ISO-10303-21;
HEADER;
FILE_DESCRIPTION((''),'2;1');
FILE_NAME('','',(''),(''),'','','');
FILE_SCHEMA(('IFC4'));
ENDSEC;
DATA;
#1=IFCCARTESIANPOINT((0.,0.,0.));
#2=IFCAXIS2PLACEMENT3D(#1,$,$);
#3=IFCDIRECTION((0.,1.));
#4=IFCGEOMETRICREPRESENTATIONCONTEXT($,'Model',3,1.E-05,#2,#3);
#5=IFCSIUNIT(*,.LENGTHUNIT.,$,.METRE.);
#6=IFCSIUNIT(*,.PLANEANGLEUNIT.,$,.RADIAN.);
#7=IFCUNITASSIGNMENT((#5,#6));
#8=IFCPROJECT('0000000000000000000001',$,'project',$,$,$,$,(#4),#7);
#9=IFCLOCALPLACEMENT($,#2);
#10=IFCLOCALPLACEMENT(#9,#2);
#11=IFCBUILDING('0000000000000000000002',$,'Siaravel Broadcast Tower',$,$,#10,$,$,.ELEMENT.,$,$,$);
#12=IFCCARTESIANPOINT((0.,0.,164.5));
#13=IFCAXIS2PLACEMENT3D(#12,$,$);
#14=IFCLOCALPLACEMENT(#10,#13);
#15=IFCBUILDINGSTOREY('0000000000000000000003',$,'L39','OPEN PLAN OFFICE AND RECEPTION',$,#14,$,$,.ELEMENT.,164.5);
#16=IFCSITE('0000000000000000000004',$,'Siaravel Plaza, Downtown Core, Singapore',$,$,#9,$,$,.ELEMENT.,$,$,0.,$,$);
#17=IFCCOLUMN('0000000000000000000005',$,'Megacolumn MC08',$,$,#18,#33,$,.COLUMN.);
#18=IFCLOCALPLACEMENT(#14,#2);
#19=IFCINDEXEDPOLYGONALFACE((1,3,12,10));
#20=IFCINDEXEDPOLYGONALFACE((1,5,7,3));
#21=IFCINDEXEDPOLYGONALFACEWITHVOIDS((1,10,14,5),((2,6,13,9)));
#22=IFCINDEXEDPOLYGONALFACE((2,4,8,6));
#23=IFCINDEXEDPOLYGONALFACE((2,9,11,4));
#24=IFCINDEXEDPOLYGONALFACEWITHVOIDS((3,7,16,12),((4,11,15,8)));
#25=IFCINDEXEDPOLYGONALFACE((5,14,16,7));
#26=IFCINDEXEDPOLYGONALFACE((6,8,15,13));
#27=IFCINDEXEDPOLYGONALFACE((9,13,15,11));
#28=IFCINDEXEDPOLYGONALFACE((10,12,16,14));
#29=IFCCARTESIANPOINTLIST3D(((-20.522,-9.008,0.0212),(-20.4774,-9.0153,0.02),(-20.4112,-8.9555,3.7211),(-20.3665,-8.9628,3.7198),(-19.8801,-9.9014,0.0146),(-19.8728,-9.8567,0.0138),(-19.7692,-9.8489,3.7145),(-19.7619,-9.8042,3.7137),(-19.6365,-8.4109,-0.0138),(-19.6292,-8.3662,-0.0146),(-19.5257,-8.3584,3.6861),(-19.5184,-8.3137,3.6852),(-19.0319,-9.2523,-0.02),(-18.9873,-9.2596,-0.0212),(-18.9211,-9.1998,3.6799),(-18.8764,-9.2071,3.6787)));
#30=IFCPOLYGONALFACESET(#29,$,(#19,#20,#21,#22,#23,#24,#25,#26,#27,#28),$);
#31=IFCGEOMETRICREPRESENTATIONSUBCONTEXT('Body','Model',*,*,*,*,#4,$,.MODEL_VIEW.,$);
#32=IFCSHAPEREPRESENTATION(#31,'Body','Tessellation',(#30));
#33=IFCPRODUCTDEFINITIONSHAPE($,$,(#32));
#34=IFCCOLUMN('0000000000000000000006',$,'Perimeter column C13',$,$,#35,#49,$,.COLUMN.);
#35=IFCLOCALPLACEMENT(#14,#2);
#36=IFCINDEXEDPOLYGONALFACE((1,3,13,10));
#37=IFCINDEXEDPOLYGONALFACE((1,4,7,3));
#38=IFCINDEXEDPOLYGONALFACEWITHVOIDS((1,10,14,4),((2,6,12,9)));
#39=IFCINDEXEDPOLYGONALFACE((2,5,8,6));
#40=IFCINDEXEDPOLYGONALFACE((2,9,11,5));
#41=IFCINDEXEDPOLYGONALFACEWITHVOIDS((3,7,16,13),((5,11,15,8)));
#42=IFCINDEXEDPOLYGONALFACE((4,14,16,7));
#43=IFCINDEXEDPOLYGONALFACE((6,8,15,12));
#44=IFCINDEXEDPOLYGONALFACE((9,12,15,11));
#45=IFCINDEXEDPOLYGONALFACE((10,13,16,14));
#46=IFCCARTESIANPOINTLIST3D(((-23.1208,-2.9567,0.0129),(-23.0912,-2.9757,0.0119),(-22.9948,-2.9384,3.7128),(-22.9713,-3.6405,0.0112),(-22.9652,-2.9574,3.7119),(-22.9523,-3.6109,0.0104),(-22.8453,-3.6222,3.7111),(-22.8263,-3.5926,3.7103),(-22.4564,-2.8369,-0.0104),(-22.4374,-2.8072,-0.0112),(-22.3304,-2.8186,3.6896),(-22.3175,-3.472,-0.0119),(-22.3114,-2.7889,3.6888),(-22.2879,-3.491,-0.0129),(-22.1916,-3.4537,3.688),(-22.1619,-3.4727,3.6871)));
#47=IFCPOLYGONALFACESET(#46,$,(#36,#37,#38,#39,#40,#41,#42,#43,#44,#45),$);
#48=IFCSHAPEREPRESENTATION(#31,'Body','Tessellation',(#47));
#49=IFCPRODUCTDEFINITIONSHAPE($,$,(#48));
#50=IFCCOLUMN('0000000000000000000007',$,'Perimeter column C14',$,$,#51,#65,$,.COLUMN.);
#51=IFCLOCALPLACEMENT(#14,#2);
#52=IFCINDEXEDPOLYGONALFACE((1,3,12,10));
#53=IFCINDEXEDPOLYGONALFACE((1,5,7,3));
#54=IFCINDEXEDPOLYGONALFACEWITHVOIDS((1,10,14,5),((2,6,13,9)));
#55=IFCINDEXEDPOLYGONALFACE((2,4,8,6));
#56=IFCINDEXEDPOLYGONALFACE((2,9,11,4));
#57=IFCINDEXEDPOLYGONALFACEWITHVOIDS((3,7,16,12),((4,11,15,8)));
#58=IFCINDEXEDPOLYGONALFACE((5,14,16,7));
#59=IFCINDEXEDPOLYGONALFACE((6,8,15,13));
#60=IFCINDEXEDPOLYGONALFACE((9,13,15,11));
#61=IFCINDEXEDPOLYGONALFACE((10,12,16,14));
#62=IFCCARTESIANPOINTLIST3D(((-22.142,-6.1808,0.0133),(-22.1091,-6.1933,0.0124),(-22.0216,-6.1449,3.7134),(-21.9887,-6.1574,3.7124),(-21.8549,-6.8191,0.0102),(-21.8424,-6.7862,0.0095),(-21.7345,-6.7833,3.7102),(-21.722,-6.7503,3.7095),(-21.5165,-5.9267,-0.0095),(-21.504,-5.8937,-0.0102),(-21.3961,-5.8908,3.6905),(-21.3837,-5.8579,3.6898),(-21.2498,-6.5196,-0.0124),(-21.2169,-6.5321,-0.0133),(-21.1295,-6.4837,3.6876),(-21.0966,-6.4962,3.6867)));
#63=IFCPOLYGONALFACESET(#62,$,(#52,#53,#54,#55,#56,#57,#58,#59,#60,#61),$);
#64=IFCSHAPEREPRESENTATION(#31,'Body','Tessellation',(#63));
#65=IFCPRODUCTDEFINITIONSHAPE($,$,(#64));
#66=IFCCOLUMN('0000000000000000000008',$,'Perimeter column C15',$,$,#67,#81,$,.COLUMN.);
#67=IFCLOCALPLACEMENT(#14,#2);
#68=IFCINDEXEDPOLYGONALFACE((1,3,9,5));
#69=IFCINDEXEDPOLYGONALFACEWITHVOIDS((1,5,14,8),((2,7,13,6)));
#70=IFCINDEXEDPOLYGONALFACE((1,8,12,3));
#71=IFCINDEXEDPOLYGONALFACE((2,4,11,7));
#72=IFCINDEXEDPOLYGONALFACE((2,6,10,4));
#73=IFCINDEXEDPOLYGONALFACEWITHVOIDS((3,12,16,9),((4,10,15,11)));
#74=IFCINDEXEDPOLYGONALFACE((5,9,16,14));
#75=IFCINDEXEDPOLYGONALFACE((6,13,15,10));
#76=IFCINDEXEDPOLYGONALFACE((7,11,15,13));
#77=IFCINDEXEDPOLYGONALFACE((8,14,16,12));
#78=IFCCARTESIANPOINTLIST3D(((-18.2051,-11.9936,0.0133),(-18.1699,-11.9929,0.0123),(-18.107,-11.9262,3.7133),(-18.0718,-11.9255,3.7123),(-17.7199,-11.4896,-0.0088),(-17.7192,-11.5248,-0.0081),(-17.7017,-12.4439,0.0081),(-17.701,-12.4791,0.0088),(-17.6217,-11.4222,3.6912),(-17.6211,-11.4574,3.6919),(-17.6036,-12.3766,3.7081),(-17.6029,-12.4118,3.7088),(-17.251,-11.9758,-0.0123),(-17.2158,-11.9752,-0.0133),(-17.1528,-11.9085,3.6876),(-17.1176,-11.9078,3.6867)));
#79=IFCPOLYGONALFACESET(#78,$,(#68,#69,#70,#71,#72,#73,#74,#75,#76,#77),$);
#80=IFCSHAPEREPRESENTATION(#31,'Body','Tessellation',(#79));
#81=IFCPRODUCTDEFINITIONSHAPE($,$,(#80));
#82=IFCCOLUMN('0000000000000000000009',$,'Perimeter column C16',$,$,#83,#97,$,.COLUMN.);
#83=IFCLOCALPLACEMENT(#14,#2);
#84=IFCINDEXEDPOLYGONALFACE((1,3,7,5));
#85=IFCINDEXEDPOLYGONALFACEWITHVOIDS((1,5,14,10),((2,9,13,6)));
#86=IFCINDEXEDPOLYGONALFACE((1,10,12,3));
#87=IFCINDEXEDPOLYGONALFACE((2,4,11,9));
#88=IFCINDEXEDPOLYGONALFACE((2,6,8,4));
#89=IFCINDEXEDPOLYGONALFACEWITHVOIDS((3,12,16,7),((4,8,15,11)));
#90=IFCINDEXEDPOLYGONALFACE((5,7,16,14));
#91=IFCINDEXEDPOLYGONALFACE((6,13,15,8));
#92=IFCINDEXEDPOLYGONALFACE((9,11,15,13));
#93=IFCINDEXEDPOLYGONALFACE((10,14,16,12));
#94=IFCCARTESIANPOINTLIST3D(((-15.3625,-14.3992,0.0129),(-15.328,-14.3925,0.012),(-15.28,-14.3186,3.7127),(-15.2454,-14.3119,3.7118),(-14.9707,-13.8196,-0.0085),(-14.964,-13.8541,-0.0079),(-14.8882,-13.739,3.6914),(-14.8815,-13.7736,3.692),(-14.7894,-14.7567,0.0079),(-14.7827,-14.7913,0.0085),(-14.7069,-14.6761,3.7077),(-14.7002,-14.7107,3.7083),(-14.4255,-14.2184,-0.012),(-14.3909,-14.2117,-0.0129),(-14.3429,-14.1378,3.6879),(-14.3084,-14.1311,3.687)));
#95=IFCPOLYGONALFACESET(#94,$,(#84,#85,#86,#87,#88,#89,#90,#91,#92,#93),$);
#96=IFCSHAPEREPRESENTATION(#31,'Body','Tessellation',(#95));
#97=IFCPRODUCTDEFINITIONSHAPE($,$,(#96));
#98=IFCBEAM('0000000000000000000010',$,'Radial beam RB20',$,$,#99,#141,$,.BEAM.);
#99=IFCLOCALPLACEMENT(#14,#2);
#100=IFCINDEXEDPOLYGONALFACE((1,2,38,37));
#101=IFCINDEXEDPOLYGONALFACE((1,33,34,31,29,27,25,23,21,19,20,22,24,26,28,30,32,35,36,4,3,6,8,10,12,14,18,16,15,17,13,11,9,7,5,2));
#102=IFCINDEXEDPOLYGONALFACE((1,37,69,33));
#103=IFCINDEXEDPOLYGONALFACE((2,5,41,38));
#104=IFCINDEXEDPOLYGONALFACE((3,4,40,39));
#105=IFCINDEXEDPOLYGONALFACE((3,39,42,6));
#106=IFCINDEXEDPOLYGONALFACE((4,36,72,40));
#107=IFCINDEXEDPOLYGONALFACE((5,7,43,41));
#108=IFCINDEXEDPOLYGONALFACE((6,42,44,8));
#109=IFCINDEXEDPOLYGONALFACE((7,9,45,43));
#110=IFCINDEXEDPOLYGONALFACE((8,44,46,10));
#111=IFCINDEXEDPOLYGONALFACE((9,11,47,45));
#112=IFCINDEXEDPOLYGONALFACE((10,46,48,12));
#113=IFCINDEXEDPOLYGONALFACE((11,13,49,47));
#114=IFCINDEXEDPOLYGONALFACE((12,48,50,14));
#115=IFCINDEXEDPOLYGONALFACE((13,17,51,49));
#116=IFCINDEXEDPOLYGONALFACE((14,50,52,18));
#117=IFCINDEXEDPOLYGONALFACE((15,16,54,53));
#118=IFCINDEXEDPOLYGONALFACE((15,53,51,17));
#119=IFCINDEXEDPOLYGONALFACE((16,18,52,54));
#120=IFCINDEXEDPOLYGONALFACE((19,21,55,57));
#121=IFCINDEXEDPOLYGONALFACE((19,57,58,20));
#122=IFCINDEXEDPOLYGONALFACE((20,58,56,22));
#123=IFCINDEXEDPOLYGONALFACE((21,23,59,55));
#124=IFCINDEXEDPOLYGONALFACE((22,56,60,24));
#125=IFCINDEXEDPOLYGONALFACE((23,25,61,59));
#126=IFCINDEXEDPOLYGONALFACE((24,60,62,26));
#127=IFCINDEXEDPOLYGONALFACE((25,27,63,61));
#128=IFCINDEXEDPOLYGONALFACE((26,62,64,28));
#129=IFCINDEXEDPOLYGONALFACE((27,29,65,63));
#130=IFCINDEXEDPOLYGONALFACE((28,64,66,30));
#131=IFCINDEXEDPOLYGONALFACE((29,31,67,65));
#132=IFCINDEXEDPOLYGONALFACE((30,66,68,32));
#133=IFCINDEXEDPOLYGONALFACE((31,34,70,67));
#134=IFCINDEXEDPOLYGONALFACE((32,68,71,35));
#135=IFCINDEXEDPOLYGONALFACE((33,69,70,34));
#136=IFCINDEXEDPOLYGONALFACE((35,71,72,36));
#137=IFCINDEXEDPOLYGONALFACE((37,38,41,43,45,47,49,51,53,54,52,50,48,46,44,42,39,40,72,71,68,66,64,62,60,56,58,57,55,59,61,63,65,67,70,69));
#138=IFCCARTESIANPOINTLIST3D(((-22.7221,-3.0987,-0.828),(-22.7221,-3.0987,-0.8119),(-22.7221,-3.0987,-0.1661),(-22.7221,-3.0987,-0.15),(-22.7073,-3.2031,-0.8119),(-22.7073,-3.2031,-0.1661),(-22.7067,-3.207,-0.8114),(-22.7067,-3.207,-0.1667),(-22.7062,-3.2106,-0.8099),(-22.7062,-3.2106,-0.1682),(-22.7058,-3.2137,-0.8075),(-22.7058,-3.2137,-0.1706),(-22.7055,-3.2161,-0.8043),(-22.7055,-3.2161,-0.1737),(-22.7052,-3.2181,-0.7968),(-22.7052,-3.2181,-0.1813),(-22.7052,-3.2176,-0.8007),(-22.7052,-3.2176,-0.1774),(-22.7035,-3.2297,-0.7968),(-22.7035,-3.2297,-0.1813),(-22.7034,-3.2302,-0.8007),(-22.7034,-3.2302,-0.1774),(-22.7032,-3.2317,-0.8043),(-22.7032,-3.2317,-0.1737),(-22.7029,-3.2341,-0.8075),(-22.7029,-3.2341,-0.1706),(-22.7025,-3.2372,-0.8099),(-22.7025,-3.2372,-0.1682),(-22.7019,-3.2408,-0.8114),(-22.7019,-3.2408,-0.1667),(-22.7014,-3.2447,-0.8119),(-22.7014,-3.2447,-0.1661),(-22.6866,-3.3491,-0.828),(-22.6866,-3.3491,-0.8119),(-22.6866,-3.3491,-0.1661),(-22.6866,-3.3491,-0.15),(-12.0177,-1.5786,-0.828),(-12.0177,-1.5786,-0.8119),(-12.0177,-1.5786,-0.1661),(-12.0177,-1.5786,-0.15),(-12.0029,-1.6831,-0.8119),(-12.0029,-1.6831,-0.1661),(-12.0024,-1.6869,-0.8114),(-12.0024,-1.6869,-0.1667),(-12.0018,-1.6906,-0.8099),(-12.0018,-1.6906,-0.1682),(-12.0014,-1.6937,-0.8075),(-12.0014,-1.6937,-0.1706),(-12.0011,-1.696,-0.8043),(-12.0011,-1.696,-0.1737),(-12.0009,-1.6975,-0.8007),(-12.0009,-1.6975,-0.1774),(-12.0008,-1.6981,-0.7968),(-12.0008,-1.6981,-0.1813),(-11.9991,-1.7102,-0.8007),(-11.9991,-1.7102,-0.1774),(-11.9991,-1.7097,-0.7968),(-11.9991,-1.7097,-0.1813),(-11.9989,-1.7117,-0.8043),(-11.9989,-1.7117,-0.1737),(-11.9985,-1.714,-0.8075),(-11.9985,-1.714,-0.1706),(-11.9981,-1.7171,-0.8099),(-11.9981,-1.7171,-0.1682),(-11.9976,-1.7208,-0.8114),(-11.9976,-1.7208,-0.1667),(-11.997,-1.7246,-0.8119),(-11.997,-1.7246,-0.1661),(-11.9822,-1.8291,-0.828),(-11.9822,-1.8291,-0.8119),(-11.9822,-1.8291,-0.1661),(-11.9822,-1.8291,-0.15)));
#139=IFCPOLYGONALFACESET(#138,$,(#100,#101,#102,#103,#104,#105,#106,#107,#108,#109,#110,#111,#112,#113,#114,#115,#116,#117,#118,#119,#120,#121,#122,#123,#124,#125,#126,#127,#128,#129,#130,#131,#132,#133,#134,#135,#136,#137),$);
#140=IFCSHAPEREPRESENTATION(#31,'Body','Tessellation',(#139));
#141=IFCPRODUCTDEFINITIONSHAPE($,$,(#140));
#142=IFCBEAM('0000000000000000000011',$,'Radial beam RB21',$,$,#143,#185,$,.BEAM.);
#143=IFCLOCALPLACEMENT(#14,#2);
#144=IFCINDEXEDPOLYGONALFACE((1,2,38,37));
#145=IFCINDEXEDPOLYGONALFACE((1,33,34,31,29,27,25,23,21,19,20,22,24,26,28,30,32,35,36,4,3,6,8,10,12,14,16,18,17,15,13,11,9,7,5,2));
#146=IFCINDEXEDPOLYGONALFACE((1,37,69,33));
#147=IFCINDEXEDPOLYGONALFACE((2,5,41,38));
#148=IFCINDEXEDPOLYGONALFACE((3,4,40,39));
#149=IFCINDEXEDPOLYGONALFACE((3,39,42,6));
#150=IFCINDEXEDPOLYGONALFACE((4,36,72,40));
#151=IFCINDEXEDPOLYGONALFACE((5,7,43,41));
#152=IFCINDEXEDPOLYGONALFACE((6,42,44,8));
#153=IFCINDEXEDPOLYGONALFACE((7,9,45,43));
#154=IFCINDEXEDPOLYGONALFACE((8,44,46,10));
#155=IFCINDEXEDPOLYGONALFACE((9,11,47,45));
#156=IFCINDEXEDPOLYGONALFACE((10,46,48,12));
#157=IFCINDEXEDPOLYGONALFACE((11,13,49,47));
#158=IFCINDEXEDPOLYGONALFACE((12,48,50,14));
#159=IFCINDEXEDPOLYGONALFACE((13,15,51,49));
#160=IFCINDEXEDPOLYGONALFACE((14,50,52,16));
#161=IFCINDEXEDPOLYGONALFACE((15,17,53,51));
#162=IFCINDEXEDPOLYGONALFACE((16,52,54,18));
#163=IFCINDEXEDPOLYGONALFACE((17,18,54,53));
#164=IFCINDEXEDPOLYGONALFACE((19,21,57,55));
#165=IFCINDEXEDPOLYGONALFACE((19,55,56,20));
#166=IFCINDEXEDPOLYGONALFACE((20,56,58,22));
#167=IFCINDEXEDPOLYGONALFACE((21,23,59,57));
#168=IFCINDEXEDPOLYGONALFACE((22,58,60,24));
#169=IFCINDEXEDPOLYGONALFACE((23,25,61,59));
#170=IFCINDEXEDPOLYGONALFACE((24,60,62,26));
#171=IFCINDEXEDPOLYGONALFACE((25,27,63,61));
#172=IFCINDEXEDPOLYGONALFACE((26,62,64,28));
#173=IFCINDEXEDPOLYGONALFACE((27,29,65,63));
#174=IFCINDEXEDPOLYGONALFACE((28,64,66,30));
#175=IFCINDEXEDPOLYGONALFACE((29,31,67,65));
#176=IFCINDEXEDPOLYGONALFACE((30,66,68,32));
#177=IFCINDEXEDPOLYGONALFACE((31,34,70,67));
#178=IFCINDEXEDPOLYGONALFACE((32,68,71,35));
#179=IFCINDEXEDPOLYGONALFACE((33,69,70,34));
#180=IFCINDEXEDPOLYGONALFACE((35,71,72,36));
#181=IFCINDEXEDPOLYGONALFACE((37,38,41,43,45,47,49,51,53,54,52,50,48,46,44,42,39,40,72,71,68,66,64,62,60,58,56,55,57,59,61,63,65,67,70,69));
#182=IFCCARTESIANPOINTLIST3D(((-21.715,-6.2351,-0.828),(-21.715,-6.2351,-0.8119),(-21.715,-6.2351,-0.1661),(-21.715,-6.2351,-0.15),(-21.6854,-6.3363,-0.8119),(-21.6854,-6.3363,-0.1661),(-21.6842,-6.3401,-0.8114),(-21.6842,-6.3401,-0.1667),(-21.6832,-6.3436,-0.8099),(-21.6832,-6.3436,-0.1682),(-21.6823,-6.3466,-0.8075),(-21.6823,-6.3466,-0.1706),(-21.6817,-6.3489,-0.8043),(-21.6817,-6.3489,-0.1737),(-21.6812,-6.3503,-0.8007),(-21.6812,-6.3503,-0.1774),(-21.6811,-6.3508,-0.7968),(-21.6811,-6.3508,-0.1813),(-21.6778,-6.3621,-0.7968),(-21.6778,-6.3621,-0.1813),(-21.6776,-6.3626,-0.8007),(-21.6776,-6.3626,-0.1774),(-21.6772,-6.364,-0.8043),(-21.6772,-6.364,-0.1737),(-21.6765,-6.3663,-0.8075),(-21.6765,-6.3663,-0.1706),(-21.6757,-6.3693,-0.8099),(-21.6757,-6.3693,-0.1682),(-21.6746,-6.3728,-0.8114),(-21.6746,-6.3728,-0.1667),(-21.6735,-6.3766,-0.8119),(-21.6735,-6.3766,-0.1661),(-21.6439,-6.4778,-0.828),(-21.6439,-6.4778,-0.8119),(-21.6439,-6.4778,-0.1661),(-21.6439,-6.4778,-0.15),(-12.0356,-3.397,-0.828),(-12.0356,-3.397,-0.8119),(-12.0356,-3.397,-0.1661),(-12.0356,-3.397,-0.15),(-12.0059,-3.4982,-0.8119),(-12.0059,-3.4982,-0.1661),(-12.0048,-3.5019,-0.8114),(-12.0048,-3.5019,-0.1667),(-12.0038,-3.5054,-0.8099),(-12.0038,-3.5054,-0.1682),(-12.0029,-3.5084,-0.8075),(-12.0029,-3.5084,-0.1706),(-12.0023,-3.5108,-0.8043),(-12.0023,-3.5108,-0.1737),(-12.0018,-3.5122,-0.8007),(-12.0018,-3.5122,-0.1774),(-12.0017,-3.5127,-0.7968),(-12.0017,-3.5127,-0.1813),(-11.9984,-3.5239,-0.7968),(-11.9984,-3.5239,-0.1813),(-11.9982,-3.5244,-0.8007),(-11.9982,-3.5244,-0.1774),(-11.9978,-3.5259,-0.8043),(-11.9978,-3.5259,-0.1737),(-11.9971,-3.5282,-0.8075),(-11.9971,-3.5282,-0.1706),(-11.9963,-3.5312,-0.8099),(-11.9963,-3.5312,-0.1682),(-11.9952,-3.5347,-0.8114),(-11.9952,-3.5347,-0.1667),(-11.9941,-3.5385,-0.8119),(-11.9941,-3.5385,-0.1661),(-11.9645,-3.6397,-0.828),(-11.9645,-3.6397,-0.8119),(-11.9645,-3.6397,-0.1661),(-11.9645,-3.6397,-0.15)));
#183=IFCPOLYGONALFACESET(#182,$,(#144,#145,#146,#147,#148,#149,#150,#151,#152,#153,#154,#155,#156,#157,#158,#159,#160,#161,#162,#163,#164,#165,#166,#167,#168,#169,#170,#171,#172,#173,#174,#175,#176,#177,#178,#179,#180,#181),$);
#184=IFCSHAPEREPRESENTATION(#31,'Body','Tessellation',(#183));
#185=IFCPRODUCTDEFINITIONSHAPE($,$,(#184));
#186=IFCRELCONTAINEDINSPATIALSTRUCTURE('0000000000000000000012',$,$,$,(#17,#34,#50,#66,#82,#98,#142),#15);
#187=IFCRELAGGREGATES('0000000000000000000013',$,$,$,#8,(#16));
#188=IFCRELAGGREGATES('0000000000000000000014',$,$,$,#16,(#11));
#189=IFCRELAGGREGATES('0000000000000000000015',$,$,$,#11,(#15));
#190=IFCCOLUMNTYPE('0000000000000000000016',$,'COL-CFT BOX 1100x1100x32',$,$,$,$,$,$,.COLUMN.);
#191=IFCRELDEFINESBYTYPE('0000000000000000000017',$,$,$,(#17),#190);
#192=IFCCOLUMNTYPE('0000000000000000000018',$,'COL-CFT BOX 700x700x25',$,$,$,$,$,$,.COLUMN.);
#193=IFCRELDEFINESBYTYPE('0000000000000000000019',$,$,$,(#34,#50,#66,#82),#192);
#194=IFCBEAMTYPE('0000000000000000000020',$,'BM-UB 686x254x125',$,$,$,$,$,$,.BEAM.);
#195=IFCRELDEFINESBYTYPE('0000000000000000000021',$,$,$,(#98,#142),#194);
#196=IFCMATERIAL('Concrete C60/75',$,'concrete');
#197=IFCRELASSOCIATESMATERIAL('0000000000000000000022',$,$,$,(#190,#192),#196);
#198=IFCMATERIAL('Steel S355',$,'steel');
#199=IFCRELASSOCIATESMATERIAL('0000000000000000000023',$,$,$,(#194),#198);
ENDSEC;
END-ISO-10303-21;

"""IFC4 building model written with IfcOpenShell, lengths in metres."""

from ifc_helpers import new_model, si_unit, direction, frame, origin, origin_2d, place, context, subcontext, project, spatial, hollow_rectangle, i_section, extrude, material, material_profile, profile_set, type_object, element, save


model = new_model("IFC4")

# Units and contexts
model_context = context("Model", 3, precision=1e-05, world=origin(), true_north=direction((0.0, 1.0)))
body_context = subcontext(model_context, "Body", "Model", "MODEL_VIEW")
ifc_project = project(units=[si_unit("LENGTHUNIT", "METRE"), si_unit("PLANEANGLEUNIT", "RADIAN")], contexts=[model_context])

# Site, building, storey
site_placement = place(None, origin())
site = spatial("IfcSite", under=ifc_project, at=site_placement, Name="Siaravel Plaza, Downtown Core, Singapore", CompositionType="ELEMENT", RefElevation=0.0)
building_placement = place(site_placement, origin())
building = spatial("IfcBuilding", under=site, at=building_placement, Name="Siaravel Broadcast Tower", CompositionType="ELEMENT")
storey_placement = place(building_placement, frame((0.0, 0.0, 164.5)))
storey = spatial("IfcBuildingStorey", under=building, at=storey_placement, Name="L39", Description="OPEN PLAN OFFICE AND RECEPTION", CompositionType="ELEMENT", Elevation=164.5)

# Columns
ifc_material_1 = material(Name="Concrete C60/75", Category="concrete")
ifc_material_profile_1 = material_profile(ifc_material_1, hollow_rectangle(XDim=1.1001, YDim=1.1001, WallThickness=0.032, at=origin_2d()))
ifc_profile_set_1 = profile_set([ifc_material_profile_1], Name="Concrete C60/75")
column_type_1 = type_object("IfcColumnType", Name="COL-CFT BOX 1100x1100x32", PredefinedType="COLUMN", material=ifc_profile_set_1)
column_1_placement = place(storey_placement, frame((-19.7546, -9.1338, 0.0), z_axis=(0.029941, 0.014179, 0.999451), x_axis=(-0.583519, 0.812077, 0.00596)))
element("IfcColumn", 1, at=column_1_placement, inside=storey, type_object=column_type_1, Name="Megacolumn MC08", PredefinedType="COLUMN", context=body_context, shape_type="SweptSolid", body=[
    extrude(hollow_rectangle(XDim=1.1001, YDim=1.1001, WallThickness=0.032, at=origin_2d()), origin(), (0.0, 0.0, 1.0), 3.7019),
])
ifc_material_profile_2 = material_profile(ifc_material_1, hollow_rectangle(XDim=0.7, YDim=0.7, WallThickness=0.0249, at=origin_2d()))
ifc_profile_set_2 = profile_set([ifc_material_profile_2], Name="Concrete C60/75")
column_type_2 = type_object("IfcColumnType", Name="COL-CFT BOX 700x700x25", PredefinedType="COLUMN", material=ifc_profile_set_2)
for number, where, z_axis, x_axis, name in (
    (2, (-22.7043, -3.2239, 0.0), (0.034028, 0.004946, 0.999409), (-0.213619, 0.976914, 0.002439), "Perimeter column C13"),
    (3, (-21.6794, -6.3564, 0.0), (0.032512, 0.009694, 0.999424), (-0.410172, 0.911997, 0.004497), "Perimeter column C14"),
):
    element("IfcColumn", number, at=place(storey_placement, frame(where, z_axis=z_axis, x_axis=x_axis)), inside=storey, type_object=column_type_2, Name=name, PredefinedType="COLUMN", context=body_context, shape_type="SweptSolid", body=[
        extrude(hollow_rectangle(XDim=0.7, YDim=0.7, WallThickness=0.0249, at=origin_2d()), origin(), (0.0, 0.0, 1.0), 3.7021),
    ])
column_2_placement = place(storey_placement, frame((-17.7104, -11.9844, 0.0), z_axis=(0.026512, 0.018202, 0.999483), x_axis=(-0.72019, 0.693747, 0.006469)))
element("IfcColumn", 4, at=column_2_placement, inside=storey, type_object=column_type_2, Name="Perimeter column C15", PredefinedType="COLUMN", context=body_context, shape_type="SweptSolid", body=[
    extrude(hollow_rectangle(XDim=0.7, YDim=0.7, WallThickness=0.0249, at=origin_2d()), origin(), (0.0, 0.0, 1.0), 3.7019),
])
column_3_placement = place(storey_placement, frame((-14.8767, -14.3054, 0.0), z_axis=(0.022292, 0.021764, 0.999515), x_axis=(-0.828322, 0.560218, 0.006275)))
element("IfcColumn", 5, at=column_3_placement, inside=storey, type_object=column_type_2, Name="Perimeter column C16", PredefinedType="COLUMN", context=body_context, shape_type="SweptSolid", body=[
    extrude(hollow_rectangle(XDim=0.7, YDim=0.7, WallThickness=0.0249, at=origin_2d()), origin(), (0.0, 0.0, 1.0), 3.7017),
])

# Beams
ifc_material_2 = material(Name="Steel S355", Category="steel")
ifc_material_profile_3 = material_profile(ifc_material_2, i_section(OverallWidth=0.2529, OverallDepth=0.678, WebThickness=0.0117, FlangeThickness=0.0161, FilletRadius=0.0151, at=origin_2d()))
ifc_profile_set_3 = profile_set([ifc_material_profile_3], Name="Steel S355")
beam_type = type_object("IfcBeamType", Name="BM-UB 686x254x125", PredefinedType="BEAM", material=ifc_profile_set_3)
beam_1_placement = place(storey_placement, frame((-22.7043, -3.2239, -0.489), z_axis=(0.990068, 0.14059, 0.0), x_axis=(-0.14059, 0.990068, 0.0)))
element("IfcBeam", 6, at=beam_1_placement, inside=storey, type_object=beam_type, Name="Radial beam RB20", PredefinedType="BEAM", context=body_context, shape_type="SweptSolid", body=[
    extrude(i_section(OverallWidth=0.2529, OverallDepth=0.678, WebThickness=0.0117, FlangeThickness=0.0161, FilletRadius=0.0151, at=origin_2d()), origin(), (0.0, 0.0, 1.0), 10.8118),
])
beam_2_placement = place(storey_placement, frame((-21.6794, -6.3564, -0.489), z_axis=(0.9596, 0.281367, 0.0), x_axis=(-0.281367, 0.9596, 0.0)))
element("IfcBeam", 7, at=beam_2_placement, inside=storey, type_object=beam_type, Name="Radial beam RB21", PredefinedType="BEAM", context=body_context, shape_type="SweptSolid", body=[
    extrude(i_section(OverallWidth=0.2529, OverallDepth=0.678, WebThickness=0.0117, FlangeThickness=0.0161, FilletRadius=0.0151, at=origin_2d()), origin(), (0.0, 0.0, 1.0), 10.0869),
])

save(model, "model.ifc")
